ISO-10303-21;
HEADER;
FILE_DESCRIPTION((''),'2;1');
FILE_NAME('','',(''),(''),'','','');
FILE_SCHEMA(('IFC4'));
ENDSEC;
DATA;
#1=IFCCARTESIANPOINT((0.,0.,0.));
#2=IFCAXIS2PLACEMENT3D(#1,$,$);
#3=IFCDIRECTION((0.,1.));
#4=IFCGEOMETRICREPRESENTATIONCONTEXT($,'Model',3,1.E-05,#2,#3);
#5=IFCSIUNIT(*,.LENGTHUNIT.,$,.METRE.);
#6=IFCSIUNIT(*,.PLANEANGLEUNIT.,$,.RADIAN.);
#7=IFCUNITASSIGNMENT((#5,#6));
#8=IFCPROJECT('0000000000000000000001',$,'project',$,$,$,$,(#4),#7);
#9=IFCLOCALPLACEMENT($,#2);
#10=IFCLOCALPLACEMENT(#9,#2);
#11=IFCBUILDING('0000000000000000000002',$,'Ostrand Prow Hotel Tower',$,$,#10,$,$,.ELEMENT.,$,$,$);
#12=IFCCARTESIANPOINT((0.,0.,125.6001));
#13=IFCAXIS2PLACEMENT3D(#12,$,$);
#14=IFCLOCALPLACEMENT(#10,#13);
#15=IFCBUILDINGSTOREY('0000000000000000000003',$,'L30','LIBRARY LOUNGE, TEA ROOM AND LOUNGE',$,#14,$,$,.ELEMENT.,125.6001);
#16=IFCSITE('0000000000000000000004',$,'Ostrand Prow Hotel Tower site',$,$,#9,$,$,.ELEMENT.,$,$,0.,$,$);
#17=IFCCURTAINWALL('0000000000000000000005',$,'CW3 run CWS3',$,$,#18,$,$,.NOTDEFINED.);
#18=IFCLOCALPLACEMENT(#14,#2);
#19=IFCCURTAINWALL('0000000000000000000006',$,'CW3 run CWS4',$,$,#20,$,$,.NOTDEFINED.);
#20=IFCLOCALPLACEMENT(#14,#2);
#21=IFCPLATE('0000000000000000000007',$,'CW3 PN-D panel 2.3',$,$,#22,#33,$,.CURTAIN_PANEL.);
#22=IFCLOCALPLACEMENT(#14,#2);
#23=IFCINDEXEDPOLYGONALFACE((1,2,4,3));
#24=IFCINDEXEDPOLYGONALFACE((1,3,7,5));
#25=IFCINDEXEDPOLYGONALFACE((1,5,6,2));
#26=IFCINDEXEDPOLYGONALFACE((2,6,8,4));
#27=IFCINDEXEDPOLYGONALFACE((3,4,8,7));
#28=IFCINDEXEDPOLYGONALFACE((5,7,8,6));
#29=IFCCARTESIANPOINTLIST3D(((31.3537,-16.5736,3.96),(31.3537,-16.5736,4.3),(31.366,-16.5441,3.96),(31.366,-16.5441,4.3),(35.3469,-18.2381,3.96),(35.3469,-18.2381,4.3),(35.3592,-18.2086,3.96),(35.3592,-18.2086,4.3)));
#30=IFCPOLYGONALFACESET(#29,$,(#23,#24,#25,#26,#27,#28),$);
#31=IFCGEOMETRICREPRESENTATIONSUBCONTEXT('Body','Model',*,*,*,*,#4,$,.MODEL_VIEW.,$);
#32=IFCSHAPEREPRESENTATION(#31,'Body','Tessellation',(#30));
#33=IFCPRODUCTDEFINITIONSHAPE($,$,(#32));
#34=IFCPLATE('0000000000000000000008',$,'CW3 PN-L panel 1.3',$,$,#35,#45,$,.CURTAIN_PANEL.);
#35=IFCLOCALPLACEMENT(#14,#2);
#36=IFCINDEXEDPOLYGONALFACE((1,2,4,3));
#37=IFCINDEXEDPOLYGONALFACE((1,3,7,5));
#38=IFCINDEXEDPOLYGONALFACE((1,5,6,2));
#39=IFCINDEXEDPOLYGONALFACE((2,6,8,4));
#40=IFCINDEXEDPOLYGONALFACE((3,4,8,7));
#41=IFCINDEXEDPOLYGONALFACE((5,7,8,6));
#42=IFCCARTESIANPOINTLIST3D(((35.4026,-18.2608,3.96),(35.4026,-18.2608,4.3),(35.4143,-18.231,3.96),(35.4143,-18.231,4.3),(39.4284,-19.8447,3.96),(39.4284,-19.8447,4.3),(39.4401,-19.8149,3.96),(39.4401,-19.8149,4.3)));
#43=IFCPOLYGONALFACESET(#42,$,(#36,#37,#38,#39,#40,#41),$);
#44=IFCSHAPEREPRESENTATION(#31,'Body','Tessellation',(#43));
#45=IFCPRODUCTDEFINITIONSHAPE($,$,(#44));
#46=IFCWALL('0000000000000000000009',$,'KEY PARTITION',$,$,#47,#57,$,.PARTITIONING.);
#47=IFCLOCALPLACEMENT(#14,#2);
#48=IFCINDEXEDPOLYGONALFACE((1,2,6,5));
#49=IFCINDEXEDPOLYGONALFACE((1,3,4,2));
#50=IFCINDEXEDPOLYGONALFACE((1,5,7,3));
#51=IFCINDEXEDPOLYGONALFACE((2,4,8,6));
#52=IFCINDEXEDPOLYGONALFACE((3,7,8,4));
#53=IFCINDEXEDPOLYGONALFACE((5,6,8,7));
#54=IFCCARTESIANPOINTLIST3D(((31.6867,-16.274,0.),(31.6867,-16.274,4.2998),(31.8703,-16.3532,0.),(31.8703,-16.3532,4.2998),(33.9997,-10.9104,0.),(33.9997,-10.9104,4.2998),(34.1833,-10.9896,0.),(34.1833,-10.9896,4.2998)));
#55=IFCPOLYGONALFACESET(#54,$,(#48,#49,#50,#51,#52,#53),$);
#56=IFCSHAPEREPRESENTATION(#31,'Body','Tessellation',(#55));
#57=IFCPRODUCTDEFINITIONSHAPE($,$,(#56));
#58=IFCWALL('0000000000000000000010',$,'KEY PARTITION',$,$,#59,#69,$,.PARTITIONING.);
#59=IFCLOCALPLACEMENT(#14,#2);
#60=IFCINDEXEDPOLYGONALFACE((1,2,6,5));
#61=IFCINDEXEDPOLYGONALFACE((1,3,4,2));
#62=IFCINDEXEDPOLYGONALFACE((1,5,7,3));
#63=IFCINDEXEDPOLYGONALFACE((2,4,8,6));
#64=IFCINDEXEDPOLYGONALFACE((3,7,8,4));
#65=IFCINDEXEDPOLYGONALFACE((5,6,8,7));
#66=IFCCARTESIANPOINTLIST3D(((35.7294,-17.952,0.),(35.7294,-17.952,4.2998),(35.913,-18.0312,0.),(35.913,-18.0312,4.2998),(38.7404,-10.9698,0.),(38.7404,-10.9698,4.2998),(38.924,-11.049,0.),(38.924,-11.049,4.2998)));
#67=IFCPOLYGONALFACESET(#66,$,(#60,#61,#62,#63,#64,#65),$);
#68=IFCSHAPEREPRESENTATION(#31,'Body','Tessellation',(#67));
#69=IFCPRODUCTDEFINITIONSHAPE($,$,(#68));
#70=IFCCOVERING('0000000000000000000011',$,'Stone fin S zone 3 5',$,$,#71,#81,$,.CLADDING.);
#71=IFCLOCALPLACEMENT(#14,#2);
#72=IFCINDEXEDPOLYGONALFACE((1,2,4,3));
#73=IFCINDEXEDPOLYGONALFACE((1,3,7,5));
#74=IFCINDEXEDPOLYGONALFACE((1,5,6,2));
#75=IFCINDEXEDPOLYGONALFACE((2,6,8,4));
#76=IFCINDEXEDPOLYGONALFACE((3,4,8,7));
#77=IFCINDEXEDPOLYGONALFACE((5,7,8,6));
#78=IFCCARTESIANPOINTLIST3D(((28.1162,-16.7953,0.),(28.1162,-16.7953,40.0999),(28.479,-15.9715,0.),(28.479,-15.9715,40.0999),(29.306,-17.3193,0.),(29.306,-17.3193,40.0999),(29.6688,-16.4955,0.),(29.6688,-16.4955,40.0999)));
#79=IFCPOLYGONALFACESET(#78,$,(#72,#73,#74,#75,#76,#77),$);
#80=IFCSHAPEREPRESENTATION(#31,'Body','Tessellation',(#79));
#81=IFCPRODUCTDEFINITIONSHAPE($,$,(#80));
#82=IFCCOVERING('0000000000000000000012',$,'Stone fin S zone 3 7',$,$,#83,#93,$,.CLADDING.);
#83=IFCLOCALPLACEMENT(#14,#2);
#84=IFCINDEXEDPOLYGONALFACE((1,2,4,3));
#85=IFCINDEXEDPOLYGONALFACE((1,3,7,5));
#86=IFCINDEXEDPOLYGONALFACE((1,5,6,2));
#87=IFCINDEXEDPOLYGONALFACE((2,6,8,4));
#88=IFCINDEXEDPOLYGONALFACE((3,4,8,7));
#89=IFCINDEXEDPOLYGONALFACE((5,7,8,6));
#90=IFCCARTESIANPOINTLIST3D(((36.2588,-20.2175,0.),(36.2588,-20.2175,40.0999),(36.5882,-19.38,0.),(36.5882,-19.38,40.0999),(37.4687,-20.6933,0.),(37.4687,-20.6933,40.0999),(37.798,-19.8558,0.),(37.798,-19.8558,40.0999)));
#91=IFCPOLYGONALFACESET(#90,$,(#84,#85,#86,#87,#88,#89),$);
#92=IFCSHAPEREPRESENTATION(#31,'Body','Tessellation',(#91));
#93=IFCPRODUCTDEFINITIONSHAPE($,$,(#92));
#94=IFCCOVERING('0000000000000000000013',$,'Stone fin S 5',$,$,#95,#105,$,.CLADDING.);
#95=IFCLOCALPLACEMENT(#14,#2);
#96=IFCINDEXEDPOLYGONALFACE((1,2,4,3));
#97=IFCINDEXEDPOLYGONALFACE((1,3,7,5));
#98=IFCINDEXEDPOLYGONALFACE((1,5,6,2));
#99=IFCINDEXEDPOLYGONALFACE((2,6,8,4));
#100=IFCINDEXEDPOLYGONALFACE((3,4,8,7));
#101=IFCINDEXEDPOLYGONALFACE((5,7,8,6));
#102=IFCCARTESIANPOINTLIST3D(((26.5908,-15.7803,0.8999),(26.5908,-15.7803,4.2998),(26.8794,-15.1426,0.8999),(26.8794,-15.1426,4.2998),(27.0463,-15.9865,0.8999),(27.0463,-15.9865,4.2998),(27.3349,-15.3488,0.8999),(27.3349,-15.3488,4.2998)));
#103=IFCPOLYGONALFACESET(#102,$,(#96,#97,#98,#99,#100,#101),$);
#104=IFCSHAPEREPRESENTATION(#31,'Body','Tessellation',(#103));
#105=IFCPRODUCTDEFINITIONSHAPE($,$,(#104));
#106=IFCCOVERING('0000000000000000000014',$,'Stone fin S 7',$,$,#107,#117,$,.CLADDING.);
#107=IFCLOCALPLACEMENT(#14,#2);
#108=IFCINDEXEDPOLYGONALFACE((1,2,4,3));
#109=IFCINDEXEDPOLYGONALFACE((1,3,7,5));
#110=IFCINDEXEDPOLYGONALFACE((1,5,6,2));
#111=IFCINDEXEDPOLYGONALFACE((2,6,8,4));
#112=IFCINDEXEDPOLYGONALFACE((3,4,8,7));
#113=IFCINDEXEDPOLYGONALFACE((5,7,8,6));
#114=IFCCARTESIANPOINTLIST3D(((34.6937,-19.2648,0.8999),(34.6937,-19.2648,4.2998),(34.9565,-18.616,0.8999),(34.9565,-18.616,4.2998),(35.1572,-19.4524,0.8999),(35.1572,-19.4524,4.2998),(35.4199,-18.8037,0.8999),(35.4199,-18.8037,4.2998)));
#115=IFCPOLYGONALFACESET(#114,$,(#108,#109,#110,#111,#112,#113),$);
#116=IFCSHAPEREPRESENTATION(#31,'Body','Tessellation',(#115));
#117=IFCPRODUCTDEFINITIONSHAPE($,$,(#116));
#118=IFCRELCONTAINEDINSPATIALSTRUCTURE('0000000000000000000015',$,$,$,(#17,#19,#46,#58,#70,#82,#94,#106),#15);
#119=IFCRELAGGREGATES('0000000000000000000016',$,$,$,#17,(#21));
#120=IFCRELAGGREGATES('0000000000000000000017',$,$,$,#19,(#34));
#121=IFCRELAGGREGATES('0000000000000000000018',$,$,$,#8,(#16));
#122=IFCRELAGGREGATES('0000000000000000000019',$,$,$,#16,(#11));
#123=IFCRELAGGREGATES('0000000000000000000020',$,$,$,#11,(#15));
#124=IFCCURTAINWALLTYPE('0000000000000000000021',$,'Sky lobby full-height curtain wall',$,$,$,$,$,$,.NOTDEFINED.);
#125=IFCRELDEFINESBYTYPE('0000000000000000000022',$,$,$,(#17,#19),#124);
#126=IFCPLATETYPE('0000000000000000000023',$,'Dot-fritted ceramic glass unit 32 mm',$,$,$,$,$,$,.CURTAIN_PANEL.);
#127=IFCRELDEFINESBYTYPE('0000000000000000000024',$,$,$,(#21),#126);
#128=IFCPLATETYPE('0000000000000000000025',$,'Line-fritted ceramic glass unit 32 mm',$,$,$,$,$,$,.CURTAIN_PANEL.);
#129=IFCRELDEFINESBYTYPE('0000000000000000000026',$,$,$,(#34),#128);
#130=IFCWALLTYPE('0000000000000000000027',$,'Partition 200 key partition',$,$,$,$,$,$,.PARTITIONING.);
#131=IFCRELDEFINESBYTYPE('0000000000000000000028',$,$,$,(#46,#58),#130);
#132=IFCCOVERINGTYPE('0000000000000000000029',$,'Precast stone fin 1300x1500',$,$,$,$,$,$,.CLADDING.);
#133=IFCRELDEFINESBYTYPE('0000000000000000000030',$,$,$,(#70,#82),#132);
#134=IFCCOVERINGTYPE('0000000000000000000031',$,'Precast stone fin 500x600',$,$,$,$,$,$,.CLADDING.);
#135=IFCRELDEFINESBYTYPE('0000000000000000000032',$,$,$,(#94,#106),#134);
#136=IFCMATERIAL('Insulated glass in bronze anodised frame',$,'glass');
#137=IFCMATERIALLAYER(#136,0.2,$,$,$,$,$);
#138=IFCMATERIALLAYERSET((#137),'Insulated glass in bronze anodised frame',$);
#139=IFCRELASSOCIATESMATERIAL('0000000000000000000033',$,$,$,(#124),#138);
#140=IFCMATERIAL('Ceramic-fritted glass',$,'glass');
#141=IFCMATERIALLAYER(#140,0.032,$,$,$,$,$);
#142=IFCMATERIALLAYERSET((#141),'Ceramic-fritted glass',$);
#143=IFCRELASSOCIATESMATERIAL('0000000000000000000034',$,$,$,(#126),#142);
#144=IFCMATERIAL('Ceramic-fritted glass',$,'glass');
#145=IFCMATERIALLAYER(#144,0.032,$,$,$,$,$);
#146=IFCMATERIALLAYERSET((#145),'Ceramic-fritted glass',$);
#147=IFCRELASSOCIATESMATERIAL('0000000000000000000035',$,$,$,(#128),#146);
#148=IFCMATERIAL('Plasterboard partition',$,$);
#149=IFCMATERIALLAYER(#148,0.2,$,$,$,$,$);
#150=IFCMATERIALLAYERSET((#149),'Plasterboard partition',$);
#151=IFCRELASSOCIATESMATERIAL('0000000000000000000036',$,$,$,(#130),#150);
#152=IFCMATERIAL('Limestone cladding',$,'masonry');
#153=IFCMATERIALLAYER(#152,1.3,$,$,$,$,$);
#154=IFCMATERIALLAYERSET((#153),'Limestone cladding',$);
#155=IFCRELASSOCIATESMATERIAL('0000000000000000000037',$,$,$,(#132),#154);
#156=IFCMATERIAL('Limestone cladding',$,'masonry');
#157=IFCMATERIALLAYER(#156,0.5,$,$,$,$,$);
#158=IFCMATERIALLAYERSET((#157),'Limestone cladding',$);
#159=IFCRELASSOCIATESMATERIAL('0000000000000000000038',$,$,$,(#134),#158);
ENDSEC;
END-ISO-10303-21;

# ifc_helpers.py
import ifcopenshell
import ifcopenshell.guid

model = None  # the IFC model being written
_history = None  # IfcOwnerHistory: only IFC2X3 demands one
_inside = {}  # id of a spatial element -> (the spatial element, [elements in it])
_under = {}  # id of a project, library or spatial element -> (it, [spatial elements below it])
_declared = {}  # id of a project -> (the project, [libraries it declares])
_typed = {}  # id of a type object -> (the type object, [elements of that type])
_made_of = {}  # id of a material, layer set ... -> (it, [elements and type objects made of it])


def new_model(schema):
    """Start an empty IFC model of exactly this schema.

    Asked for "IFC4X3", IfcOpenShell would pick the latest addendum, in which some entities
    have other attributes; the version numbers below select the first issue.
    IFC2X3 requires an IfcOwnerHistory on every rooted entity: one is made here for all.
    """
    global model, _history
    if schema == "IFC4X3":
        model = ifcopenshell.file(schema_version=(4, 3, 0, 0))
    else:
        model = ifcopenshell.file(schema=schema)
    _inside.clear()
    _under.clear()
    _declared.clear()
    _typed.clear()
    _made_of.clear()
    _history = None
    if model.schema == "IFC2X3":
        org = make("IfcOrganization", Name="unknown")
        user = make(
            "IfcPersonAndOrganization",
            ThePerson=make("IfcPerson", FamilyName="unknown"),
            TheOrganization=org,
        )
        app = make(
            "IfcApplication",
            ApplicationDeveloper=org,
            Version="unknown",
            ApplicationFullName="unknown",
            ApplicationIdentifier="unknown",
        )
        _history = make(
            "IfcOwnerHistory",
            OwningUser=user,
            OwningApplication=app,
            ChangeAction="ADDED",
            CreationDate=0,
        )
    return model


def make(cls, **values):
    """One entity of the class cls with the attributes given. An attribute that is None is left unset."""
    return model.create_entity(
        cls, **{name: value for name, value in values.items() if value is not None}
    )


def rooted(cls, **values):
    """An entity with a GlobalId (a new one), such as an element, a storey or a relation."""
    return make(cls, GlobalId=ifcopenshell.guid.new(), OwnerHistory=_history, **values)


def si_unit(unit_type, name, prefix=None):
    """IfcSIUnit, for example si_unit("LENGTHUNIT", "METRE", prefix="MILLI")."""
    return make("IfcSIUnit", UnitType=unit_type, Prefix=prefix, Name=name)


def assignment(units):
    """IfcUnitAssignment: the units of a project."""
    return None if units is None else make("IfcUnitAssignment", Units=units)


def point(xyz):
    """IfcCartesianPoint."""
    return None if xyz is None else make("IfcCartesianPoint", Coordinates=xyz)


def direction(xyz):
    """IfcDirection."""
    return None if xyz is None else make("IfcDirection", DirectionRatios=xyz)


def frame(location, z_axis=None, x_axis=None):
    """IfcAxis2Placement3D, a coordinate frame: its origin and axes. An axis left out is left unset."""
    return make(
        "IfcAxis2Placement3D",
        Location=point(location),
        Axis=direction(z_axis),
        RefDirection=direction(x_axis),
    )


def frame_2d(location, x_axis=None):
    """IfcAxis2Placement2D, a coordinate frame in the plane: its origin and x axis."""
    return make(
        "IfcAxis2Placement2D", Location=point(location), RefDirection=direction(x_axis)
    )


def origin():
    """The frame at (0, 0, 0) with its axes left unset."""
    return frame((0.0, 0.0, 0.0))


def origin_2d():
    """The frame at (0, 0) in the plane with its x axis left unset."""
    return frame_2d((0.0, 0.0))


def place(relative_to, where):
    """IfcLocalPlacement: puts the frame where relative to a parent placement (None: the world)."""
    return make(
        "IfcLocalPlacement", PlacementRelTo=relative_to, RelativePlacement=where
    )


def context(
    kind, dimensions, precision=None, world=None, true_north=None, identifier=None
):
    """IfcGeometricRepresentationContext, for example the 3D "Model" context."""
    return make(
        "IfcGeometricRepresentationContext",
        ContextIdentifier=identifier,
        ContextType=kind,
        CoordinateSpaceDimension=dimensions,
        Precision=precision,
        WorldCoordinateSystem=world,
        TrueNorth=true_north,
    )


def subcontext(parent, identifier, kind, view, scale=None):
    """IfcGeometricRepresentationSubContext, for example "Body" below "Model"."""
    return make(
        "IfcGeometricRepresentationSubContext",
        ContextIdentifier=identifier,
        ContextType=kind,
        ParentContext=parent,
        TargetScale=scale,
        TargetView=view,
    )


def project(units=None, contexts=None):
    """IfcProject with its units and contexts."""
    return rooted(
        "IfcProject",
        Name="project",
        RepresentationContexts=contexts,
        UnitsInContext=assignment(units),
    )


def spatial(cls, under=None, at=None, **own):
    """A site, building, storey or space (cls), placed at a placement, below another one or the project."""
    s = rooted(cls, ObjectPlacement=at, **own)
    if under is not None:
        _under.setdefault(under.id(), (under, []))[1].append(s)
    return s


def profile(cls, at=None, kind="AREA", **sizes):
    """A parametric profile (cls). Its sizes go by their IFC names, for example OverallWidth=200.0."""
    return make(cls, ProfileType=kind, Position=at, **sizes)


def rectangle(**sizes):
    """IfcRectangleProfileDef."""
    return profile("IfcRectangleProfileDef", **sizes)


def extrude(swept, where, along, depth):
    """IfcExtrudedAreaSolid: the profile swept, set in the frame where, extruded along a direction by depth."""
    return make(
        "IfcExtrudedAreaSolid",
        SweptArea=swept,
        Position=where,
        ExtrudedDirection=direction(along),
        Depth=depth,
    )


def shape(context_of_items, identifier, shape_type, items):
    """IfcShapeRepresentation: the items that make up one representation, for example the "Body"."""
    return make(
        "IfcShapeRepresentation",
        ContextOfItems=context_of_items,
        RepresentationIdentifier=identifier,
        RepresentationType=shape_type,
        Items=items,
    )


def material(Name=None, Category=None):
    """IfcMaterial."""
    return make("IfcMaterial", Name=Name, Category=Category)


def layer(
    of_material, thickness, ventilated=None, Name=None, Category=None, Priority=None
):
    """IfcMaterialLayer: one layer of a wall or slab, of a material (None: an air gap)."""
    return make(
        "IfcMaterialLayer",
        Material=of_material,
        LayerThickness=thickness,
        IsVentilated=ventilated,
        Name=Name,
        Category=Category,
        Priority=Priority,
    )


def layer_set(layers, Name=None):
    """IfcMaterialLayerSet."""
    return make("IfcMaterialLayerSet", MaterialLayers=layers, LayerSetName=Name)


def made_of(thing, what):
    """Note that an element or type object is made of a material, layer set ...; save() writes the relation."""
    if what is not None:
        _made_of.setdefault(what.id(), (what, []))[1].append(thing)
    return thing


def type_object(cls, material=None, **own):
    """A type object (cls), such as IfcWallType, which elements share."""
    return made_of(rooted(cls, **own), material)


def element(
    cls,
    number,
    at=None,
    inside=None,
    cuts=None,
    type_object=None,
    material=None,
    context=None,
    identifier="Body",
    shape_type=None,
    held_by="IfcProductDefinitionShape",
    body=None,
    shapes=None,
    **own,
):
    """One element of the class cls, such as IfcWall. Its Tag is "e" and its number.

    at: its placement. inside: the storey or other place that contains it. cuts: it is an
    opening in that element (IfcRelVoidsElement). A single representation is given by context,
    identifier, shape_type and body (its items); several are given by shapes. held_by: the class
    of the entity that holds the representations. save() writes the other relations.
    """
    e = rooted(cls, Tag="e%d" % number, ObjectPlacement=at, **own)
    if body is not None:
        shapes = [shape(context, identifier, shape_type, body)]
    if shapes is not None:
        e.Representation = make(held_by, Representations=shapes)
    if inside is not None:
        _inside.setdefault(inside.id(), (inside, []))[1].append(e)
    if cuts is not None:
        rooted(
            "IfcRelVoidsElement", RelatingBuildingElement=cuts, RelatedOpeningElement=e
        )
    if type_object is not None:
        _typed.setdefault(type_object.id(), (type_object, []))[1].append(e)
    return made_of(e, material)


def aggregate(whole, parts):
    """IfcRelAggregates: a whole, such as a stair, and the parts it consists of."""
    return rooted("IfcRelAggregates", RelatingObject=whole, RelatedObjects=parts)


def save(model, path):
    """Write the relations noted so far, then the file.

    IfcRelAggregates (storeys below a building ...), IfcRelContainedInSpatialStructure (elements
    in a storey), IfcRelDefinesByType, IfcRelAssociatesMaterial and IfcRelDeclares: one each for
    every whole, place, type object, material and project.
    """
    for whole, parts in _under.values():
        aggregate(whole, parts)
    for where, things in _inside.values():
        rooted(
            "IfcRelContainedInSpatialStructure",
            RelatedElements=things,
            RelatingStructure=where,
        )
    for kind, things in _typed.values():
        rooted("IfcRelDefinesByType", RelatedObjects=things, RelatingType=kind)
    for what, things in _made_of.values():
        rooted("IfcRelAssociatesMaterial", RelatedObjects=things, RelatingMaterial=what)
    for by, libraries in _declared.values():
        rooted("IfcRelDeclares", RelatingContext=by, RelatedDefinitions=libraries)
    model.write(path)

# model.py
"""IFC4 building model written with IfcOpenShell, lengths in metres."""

from ifc_helpers import new_model, si_unit, direction, frame, frame_2d, origin, origin_2d, place, context, subcontext, project, spatial, rectangle, extrude, material, layer, layer_set, type_object, element, aggregate, save


model = new_model("IFC4")

# Units and contexts
model_context = context("Model", 3, precision=1e-05, world=origin(), true_north=direction((0.0, 1.0)))
body_context = subcontext(model_context, "Body", "Model", "MODEL_VIEW")
ifc_project = project(units=[si_unit("LENGTHUNIT", "METRE"), si_unit("PLANEANGLEUNIT", "RADIAN")], contexts=[model_context])

# Site, building, storey
site_placement = place(None, origin())
site = spatial("IfcSite", under=ifc_project, at=site_placement, Name="Ostrand Prow Hotel Tower site", CompositionType="ELEMENT", RefElevation=0.0)
building_placement = place(site_placement, origin())
building = spatial("IfcBuilding", under=site, at=building_placement, Name="Ostrand Prow Hotel Tower", CompositionType="ELEMENT")
storey_placement = place(building_placement, frame((0.0, 0.0, 125.6001)))
storey = spatial("IfcBuildingStorey", under=building, at=storey_placement, Name="L30", Description="LIBRARY LOUNGE, TEA ROOM AND LOUNGE", CompositionType="ELEMENT", Elevation=125.6001)

# Shared definitions
ifc_material_1 = material(Name="Insulated glass in bronze anodised frame", Category="glass")
ifc_layer_1 = layer(ifc_material_1, 0.2)
ifc_layer_set_1 = layer_set([ifc_layer_1], Name="Insulated glass in bronze anodised frame")
curtain_wall_type = type_object("IfcCurtainWallType", Name="Sky lobby full-height curtain wall", PredefinedType="NOTDEFINED", material=ifc_layer_set_1)

# Curtain walls
curtain_wall_1_placement = place(storey_placement, origin())
curtain_wall_1 = element("IfcCurtainWall", 1, at=curtain_wall_1_placement, inside=storey, type_object=curtain_wall_type, Name="CW3 run CWS3", PredefinedType="NOTDEFINED")
curtain_wall_2_placement = place(storey_placement, origin())
curtain_wall_2 = element("IfcCurtainWall", 2, at=curtain_wall_2_placement, inside=storey, type_object=curtain_wall_type, Name="CW3 run CWS4", PredefinedType="NOTDEFINED")

# Plates
ifc_material_2 = material(Name="Ceramic-fritted glass", Category="glass")
ifc_layer_2 = layer(ifc_material_2, 0.032)
ifc_layer_set_2 = layer_set([ifc_layer_2], Name="Ceramic-fritted glass")
plate_type_1 = type_object("IfcPlateType", Name="Dot-fritted ceramic glass unit 32 mm", PredefinedType="CURTAIN_PANEL", material=ifc_layer_set_2)
plate_1_placement = place(storey_placement, frame((33.3564, -17.3911, 3.96), z_axis=(0.0, 0.0, 1.0), x_axis=(0.923024, -0.384743, 0.0)))
plate_1 = element("IfcPlate", 3, at=plate_1_placement, type_object=plate_type_1, Name="CW3 PN-D panel 2.3", PredefinedType="CURTAIN_PANEL", context=body_context, shape_type="SweptSolid", body=[
    extrude(rectangle(XDim=4.3262, YDim=0.032, at=origin_2d()), origin(), (0.0, 0.0, 1.0), 0.3401),
])
aggregate(curtain_wall_1, [plate_1])
ifc_material_3 = material(Name="Ceramic-fritted glass", Category="glass")
ifc_layer_3 = layer(ifc_material_3, 0.032)
ifc_layer_set_3 = layer_set([ifc_layer_3], Name="Ceramic-fritted glass")
plate_type_2 = type_object("IfcPlateType", Name="Line-fritted ceramic glass unit 32 mm", PredefinedType="CURTAIN_PANEL", material=ifc_layer_set_3)
plate_2_placement = place(storey_placement, frame((37.4214, -19.0378, 3.96), z_axis=(0.0, 0.0, 1.0), x_axis=(0.930569, -0.366116, 0.0)))
plate_2 = element("IfcPlate", 4, at=plate_2_placement, type_object=plate_type_2, Name="CW3 PN-L panel 1.3", PredefinedType="CURTAIN_PANEL", context=body_context, shape_type="SweptSolid", body=[
    extrude(rectangle(XDim=4.3262, YDim=0.032, at=origin_2d()), origin(), (0.0, 0.0, 1.0), 0.3401),
])
aggregate(curtain_wall_2, [plate_2])

# Walls
ifc_material_4 = material(Name="Plasterboard partition")
ifc_layer_4 = layer(ifc_material_4, 0.2)
ifc_layer_set_4 = layer_set([ifc_layer_4], Name="Plasterboard partition")
wall_type = type_object("IfcWallType", Name="Partition 200 key partition", PredefinedType="PARTITIONING", material=ifc_layer_set_4)
wall_1_placement = place(storey_placement, frame((31.7786, -16.3135, 0.0), z_axis=(0.0, 0.0, 1.0), x_axis=(0.395992, 0.918254, 0.0)))
element("IfcWall", 5, at=wall_1_placement, inside=storey, type_object=wall_type, Name="KEY PARTITION", PredefinedType="PARTITIONING", context=body_context, shape_type="SweptSolid", body=[
    extrude(rectangle(XDim=5.8411, YDim=0.2, at=frame_2d((2.9204, 0.0))), origin(), (0.0, 0.0, 1.0), 4.2998),
])
wall_2_placement = place(storey_placement, frame((35.8213, -17.9915, 0.0), z_axis=(0.0, 0.0, 1.0), x_axis=(0.395988, 0.918256, 0.0)))
element("IfcWall", 6, at=wall_2_placement, inside=storey, type_object=wall_type, Name="KEY PARTITION", PredefinedType="PARTITIONING", context=body_context, shape_type="SweptSolid", body=[
    extrude(rectangle(XDim=7.6038, YDim=0.2, at=frame_2d((3.8018, 0.0))), origin(), (0.0, 0.0, 1.0), 4.2998),
])

# Coverings
ifc_material_5 = material(Name="Limestone cladding", Category="masonry")
ifc_layer_5 = layer(ifc_material_5, 1.3)
ifc_layer_set_5 = layer_set([ifc_layer_5], Name="Limestone cladding")
covering_type_1 = type_object("IfcCoveringType", Name="Precast stone fin 1300x1500", PredefinedType="CLADDING", material=ifc_layer_set_5)
covering_1_placement = place(storey_placement, frame((29.074, -16.2334, 0.0), z_axis=(0.0, 0.0, 1.0), x_axis=(-0.403066, -0.915171, 0.0)))
element("IfcCovering", 7, at=covering_1_placement, inside=storey, type_object=covering_type_1, Name="Stone fin S zone 3 5", PredefinedType="CLADDING", context=body_context, shape_type="SweptSolid", body=[
    extrude(rectangle(XDim=0.9001, YDim=1.3, at=frame_2d((0.4502, 0.0))), origin(), (0.0, 0.0, 1.0), 40.0999),
])
covering_2_placement = place(storey_placement, frame((37.1931, -19.6179, 0.0), z_axis=(0.0, 0.0, 1.0), x_axis=(-0.366005, -0.930613, 0.0)))
element("IfcCovering", 8, at=covering_2_placement, inside=storey, type_object=covering_type_1, Name="Stone fin S zone 3 7", PredefinedType="CLADDING", context=body_context, shape_type="SweptSolid", body=[
    extrude(rectangle(XDim=0.8999, YDim=1.3, at=frame_2d((0.45, 0.0))), origin(), (0.0, 0.0, 1.0), 40.0999),
])
ifc_material_6 = material(Name="Limestone cladding", Category="masonry")
ifc_layer_6 = layer(ifc_material_6, 0.5)
ifc_layer_set_6 = layer_set([ifc_layer_6], Name="Limestone cladding")
covering_type_2 = type_object("IfcCoveringType", Name="Precast stone fin 500x600", PredefinedType="CLADDING", material=ifc_layer_set_6)
for number, where, z_axis, x_axis, name in (
    (9, (27.1072, -15.2456, 0.8999), (0.0, 0.0, 1.0), (-0.412278, -0.911058, 0.0), "Stone fin S 5"),
    (10, (35.1882, -18.7097, 0.8999), (0.0, 0.0, 1.0), (-0.375357, -0.92688, 0.0), "Stone fin S 7"),
):
    element("IfcCovering", number, at=place(storey_placement, frame(where, z_axis=z_axis, x_axis=x_axis)), inside=storey, type_object=covering_type_2, Name=name, PredefinedType="CLADDING", context=body_context, shape_type="SweptSolid", body=[
        extrude(rectangle(XDim=0.7, YDim=0.5, at=frame_2d((0.3501, 0.0))), origin(), (0.0, 0.0, 1.0), 3.3999),
    ])

save(model, "model.ifc")
